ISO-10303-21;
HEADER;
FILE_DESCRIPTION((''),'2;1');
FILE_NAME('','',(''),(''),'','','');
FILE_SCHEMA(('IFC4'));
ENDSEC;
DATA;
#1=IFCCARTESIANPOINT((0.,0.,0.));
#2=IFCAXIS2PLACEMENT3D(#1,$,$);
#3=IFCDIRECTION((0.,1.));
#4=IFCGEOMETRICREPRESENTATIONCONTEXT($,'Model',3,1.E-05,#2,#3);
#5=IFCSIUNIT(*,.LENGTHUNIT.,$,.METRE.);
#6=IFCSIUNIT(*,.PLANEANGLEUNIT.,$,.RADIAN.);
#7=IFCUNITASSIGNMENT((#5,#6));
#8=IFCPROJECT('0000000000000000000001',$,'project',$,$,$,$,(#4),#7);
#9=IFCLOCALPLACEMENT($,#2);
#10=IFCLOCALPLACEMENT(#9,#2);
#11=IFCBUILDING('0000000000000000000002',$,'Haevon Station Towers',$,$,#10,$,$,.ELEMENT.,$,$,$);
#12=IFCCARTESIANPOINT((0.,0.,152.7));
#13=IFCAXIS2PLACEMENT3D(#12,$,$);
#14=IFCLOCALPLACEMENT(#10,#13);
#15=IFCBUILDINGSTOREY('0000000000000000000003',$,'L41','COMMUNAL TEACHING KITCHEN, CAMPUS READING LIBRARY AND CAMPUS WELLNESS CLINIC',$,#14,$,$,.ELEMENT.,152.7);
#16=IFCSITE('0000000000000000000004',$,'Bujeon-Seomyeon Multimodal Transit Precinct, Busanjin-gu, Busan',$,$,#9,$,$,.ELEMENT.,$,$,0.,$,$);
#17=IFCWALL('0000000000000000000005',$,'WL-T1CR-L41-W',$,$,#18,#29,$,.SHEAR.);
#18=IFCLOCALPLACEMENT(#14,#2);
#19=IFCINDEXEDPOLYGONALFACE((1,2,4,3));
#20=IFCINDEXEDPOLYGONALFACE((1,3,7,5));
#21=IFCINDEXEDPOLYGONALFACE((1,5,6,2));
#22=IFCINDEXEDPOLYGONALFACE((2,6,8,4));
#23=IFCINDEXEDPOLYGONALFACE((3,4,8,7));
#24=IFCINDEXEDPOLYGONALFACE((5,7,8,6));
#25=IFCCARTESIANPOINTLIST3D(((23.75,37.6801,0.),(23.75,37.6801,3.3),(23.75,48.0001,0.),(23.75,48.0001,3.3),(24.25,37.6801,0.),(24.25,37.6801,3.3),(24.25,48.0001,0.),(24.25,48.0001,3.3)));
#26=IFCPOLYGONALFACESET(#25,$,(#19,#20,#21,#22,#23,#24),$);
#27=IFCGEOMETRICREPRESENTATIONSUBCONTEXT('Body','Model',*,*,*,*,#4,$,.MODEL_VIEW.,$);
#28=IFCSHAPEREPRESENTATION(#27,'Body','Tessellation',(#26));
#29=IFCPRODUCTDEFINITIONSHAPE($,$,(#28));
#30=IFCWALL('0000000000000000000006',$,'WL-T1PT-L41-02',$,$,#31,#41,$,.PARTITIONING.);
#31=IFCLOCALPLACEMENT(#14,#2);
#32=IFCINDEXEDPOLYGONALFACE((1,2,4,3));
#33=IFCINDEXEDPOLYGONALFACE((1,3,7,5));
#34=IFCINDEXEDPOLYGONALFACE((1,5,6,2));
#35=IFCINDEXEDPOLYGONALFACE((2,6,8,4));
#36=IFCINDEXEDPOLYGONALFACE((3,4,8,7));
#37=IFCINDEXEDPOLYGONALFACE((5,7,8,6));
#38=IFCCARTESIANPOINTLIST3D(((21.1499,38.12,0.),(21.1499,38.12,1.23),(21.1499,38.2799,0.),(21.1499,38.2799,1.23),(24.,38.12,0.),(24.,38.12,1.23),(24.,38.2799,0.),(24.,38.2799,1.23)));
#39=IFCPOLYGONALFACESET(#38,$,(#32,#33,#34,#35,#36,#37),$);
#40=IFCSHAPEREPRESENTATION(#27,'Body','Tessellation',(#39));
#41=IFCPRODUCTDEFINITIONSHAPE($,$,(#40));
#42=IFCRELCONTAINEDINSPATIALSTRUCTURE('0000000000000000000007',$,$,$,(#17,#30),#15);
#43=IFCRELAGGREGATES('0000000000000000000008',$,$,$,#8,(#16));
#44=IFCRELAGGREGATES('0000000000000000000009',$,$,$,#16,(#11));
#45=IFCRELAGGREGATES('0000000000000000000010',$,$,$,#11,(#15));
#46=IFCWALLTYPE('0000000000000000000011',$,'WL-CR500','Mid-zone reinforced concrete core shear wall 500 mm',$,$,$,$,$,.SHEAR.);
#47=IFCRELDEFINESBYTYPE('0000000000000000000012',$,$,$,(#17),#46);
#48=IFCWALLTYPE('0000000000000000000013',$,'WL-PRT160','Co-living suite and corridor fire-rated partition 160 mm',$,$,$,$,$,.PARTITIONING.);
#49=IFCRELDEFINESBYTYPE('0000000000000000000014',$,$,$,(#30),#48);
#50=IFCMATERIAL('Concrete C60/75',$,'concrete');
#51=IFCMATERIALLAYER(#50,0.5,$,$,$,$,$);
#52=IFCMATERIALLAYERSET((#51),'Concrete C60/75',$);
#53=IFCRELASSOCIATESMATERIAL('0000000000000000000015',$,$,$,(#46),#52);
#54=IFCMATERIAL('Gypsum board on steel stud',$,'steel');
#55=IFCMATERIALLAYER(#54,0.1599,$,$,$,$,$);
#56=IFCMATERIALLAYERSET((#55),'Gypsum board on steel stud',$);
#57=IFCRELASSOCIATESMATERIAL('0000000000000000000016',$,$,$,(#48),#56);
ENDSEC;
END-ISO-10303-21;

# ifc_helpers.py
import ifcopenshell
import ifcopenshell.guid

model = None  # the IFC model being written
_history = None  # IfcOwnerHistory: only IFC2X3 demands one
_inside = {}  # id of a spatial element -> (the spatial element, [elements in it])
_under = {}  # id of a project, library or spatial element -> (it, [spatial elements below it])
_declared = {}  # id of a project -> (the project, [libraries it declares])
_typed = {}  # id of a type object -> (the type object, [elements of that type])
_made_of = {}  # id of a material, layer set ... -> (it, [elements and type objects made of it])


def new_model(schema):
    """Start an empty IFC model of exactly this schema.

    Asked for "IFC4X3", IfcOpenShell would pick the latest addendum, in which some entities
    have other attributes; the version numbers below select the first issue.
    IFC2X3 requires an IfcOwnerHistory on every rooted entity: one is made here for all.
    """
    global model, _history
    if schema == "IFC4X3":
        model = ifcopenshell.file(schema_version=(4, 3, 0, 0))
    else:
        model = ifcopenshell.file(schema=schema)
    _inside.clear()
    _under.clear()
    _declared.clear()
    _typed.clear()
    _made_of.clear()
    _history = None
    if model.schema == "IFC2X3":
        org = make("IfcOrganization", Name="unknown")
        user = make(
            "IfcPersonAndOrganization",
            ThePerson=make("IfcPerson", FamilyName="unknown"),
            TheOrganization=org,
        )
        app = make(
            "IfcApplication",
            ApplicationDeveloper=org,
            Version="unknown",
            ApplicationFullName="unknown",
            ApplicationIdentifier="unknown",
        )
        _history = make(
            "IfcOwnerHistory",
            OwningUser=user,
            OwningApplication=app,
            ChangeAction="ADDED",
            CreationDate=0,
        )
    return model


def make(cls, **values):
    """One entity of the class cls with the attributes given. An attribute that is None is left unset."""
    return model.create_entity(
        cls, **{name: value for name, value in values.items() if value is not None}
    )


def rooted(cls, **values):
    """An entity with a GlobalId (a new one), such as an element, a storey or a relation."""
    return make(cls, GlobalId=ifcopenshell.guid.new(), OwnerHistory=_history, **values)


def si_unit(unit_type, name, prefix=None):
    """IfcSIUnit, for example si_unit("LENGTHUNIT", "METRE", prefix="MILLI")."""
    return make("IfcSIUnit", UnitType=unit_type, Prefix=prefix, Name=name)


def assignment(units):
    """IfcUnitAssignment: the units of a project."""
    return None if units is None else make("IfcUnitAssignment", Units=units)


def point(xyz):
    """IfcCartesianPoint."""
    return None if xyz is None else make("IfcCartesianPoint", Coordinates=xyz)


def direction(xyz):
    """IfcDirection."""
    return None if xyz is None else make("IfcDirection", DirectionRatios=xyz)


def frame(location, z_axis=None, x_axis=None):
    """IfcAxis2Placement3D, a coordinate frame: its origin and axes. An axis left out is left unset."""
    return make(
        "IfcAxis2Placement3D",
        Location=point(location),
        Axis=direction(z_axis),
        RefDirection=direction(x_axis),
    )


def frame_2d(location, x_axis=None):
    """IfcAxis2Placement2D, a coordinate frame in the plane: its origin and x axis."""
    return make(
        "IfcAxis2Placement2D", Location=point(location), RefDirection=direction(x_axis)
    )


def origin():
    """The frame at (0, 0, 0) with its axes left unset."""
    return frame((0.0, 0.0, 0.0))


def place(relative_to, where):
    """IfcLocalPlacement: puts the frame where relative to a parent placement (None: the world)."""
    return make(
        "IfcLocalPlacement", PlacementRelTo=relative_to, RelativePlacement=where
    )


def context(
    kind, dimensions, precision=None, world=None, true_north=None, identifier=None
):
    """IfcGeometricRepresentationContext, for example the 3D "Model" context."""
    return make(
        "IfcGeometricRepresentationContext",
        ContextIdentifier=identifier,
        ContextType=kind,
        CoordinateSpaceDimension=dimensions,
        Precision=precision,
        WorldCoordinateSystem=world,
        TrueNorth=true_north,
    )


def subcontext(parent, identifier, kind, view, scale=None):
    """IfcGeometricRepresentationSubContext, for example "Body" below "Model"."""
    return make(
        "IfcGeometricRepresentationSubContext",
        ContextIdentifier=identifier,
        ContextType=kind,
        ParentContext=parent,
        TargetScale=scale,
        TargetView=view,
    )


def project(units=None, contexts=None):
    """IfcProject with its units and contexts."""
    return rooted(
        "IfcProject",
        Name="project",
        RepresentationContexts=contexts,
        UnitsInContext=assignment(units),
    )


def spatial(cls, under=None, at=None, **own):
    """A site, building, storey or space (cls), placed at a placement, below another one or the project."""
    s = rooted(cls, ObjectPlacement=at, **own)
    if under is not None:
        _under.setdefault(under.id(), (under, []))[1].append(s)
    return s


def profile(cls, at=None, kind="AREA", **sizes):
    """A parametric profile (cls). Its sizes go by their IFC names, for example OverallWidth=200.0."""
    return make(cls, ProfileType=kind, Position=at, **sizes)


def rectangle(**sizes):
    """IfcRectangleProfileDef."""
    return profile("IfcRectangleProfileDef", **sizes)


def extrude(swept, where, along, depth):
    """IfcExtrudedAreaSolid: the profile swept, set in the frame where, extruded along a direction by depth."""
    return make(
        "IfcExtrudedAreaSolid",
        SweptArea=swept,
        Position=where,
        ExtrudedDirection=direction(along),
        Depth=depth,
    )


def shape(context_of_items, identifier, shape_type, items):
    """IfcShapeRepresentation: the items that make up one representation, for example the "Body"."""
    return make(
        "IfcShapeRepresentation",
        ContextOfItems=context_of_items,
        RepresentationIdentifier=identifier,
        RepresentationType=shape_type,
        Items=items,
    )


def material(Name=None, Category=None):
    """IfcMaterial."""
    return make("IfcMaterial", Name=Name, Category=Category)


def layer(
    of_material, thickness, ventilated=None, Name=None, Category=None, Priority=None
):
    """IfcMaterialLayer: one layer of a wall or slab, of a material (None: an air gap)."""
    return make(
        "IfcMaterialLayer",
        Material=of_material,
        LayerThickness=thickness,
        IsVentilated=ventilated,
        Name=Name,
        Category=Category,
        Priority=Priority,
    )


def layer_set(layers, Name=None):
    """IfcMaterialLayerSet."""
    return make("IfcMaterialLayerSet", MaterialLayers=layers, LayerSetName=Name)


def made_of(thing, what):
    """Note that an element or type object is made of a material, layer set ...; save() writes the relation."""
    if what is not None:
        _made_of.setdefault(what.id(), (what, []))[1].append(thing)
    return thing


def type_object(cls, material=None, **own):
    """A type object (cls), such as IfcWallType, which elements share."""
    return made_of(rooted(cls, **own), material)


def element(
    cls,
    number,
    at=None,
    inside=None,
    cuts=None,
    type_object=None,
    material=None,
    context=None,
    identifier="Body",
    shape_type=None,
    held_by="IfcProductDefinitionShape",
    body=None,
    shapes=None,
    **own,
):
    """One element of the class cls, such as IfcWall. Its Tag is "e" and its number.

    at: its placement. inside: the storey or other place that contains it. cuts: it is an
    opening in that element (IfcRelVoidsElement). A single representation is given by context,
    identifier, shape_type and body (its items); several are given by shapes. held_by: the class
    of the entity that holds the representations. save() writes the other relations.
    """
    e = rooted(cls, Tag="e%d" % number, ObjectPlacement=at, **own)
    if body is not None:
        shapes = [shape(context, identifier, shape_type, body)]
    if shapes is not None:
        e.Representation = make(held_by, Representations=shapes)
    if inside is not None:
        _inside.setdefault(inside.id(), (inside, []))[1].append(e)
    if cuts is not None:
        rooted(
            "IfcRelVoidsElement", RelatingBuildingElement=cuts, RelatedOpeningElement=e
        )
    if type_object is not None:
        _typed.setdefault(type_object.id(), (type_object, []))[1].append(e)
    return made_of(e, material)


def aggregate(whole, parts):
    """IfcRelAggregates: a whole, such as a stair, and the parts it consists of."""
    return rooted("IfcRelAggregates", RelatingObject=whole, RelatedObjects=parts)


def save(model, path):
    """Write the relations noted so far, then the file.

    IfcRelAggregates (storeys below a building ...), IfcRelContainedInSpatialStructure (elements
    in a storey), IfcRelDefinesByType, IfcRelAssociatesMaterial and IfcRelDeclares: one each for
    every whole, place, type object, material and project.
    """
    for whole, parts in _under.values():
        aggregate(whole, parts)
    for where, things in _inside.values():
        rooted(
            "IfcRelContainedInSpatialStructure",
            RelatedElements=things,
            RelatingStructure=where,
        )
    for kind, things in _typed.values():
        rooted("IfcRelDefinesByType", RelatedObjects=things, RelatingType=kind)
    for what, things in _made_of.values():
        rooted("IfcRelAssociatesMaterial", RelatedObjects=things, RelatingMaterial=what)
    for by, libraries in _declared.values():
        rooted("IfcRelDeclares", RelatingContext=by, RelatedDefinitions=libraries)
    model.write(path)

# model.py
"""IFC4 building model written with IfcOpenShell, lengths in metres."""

from ifc_helpers import new_model, si_unit, direction, frame, frame_2d, origin, place, context, subcontext, project, spatial, rectangle, extrude, material, layer, layer_set, type_object, element, save


model = new_model("IFC4")

# Units and contexts
model_context = context("Model", 3, precision=1e-05, world=origin(), true_north=direction((0.0, 1.0)))
body_context = subcontext(model_context, "Body", "Model", "MODEL_VIEW")
ifc_project = project(units=[si_unit("LENGTHUNIT", "METRE"), si_unit("PLANEANGLEUNIT", "RADIAN")], contexts=[model_context])

# Site, building, storey
site_placement = place(None, origin())
site = spatial("IfcSite", under=ifc_project, at=site_placement, Name="Bujeon-Seomyeon Multimodal Transit Precinct, Busanjin-gu, Busan", CompositionType="ELEMENT", RefElevation=0.0)
building_placement = place(site_placement, origin())
building = spatial("IfcBuilding", under=site, at=building_placement, Name="Haevon Station Towers", CompositionType="ELEMENT")
storey_placement = place(building_placement, frame((0.0, 0.0, 152.7)))
storey = spatial("IfcBuildingStorey", under=building, at=storey_placement, Name="L41", Description="COMMUNAL TEACHING KITCHEN, CAMPUS READING LIBRARY AND CAMPUS WELLNESS CLINIC", CompositionType="ELEMENT", Elevation=152.7)

# Shared definitions
ifc_material_1 = material(Name="Gypsum board on steel stud", Category="steel")

# Walls
ifc_material_2 = material(Name="Concrete C60/75", Category="concrete")
ifc_layer_1 = layer(ifc_material_2, 0.5)
ifc_layer_set_1 = layer_set([ifc_layer_1], Name="Concrete C60/75")
wall_type_1 = type_object("IfcWallType", Name="WL-CR500", Description="Mid-zone reinforced concrete core shear wall 500 mm", PredefinedType="SHEAR", material=ifc_layer_set_1)
wall_1_placement = place(storey_placement, frame((24.0, 37.6799, 0.0), z_axis=(0.0, 0.0, 1.0), x_axis=(0.0, 1.0, 0.0)))
element("IfcWall", 1, at=wall_1_placement, inside=storey, type_object=wall_type_1, Name="WL-T1CR-L41-W", PredefinedType="SHEAR", context=body_context, shape_type="SweptSolid", body=[
    extrude(rectangle(XDim=10.3201, YDim=0.5, at=frame_2d((5.1602, 0.0))), origin(), (0.0, 0.0, 1.0), 3.3),
])
ifc_layer_2 = layer(ifc_material_1, 0.1599)
ifc_layer_set_2 = layer_set([ifc_layer_2], Name="Gypsum board on steel stud")
wall_type_2 = type_object("IfcWallType", Name="WL-PRT160", Description="Co-living suite and corridor fire-rated partition 160 mm", PredefinedType="PARTITIONING", material=ifc_layer_set_2)
wall_2_placement = place(storey_placement, frame((21.1499, 38.2, 0.0), z_axis=(0.0, 0.0, 1.0), x_axis=(1.0, 0.0, 0.0)))
element("IfcWall", 2, at=wall_2_placement, inside=storey, type_object=wall_type_2, Name="WL-T1PT-L41-02", PredefinedType="PARTITIONING", context=body_context, shape_type="SweptSolid", body=[
    extrude(rectangle(XDim=2.8501, YDim=0.1599, at=frame_2d((1.425, 0.0))), origin(), (0.0, 0.0, 1.0), 1.23),
])

save(model, "model.ifc")
